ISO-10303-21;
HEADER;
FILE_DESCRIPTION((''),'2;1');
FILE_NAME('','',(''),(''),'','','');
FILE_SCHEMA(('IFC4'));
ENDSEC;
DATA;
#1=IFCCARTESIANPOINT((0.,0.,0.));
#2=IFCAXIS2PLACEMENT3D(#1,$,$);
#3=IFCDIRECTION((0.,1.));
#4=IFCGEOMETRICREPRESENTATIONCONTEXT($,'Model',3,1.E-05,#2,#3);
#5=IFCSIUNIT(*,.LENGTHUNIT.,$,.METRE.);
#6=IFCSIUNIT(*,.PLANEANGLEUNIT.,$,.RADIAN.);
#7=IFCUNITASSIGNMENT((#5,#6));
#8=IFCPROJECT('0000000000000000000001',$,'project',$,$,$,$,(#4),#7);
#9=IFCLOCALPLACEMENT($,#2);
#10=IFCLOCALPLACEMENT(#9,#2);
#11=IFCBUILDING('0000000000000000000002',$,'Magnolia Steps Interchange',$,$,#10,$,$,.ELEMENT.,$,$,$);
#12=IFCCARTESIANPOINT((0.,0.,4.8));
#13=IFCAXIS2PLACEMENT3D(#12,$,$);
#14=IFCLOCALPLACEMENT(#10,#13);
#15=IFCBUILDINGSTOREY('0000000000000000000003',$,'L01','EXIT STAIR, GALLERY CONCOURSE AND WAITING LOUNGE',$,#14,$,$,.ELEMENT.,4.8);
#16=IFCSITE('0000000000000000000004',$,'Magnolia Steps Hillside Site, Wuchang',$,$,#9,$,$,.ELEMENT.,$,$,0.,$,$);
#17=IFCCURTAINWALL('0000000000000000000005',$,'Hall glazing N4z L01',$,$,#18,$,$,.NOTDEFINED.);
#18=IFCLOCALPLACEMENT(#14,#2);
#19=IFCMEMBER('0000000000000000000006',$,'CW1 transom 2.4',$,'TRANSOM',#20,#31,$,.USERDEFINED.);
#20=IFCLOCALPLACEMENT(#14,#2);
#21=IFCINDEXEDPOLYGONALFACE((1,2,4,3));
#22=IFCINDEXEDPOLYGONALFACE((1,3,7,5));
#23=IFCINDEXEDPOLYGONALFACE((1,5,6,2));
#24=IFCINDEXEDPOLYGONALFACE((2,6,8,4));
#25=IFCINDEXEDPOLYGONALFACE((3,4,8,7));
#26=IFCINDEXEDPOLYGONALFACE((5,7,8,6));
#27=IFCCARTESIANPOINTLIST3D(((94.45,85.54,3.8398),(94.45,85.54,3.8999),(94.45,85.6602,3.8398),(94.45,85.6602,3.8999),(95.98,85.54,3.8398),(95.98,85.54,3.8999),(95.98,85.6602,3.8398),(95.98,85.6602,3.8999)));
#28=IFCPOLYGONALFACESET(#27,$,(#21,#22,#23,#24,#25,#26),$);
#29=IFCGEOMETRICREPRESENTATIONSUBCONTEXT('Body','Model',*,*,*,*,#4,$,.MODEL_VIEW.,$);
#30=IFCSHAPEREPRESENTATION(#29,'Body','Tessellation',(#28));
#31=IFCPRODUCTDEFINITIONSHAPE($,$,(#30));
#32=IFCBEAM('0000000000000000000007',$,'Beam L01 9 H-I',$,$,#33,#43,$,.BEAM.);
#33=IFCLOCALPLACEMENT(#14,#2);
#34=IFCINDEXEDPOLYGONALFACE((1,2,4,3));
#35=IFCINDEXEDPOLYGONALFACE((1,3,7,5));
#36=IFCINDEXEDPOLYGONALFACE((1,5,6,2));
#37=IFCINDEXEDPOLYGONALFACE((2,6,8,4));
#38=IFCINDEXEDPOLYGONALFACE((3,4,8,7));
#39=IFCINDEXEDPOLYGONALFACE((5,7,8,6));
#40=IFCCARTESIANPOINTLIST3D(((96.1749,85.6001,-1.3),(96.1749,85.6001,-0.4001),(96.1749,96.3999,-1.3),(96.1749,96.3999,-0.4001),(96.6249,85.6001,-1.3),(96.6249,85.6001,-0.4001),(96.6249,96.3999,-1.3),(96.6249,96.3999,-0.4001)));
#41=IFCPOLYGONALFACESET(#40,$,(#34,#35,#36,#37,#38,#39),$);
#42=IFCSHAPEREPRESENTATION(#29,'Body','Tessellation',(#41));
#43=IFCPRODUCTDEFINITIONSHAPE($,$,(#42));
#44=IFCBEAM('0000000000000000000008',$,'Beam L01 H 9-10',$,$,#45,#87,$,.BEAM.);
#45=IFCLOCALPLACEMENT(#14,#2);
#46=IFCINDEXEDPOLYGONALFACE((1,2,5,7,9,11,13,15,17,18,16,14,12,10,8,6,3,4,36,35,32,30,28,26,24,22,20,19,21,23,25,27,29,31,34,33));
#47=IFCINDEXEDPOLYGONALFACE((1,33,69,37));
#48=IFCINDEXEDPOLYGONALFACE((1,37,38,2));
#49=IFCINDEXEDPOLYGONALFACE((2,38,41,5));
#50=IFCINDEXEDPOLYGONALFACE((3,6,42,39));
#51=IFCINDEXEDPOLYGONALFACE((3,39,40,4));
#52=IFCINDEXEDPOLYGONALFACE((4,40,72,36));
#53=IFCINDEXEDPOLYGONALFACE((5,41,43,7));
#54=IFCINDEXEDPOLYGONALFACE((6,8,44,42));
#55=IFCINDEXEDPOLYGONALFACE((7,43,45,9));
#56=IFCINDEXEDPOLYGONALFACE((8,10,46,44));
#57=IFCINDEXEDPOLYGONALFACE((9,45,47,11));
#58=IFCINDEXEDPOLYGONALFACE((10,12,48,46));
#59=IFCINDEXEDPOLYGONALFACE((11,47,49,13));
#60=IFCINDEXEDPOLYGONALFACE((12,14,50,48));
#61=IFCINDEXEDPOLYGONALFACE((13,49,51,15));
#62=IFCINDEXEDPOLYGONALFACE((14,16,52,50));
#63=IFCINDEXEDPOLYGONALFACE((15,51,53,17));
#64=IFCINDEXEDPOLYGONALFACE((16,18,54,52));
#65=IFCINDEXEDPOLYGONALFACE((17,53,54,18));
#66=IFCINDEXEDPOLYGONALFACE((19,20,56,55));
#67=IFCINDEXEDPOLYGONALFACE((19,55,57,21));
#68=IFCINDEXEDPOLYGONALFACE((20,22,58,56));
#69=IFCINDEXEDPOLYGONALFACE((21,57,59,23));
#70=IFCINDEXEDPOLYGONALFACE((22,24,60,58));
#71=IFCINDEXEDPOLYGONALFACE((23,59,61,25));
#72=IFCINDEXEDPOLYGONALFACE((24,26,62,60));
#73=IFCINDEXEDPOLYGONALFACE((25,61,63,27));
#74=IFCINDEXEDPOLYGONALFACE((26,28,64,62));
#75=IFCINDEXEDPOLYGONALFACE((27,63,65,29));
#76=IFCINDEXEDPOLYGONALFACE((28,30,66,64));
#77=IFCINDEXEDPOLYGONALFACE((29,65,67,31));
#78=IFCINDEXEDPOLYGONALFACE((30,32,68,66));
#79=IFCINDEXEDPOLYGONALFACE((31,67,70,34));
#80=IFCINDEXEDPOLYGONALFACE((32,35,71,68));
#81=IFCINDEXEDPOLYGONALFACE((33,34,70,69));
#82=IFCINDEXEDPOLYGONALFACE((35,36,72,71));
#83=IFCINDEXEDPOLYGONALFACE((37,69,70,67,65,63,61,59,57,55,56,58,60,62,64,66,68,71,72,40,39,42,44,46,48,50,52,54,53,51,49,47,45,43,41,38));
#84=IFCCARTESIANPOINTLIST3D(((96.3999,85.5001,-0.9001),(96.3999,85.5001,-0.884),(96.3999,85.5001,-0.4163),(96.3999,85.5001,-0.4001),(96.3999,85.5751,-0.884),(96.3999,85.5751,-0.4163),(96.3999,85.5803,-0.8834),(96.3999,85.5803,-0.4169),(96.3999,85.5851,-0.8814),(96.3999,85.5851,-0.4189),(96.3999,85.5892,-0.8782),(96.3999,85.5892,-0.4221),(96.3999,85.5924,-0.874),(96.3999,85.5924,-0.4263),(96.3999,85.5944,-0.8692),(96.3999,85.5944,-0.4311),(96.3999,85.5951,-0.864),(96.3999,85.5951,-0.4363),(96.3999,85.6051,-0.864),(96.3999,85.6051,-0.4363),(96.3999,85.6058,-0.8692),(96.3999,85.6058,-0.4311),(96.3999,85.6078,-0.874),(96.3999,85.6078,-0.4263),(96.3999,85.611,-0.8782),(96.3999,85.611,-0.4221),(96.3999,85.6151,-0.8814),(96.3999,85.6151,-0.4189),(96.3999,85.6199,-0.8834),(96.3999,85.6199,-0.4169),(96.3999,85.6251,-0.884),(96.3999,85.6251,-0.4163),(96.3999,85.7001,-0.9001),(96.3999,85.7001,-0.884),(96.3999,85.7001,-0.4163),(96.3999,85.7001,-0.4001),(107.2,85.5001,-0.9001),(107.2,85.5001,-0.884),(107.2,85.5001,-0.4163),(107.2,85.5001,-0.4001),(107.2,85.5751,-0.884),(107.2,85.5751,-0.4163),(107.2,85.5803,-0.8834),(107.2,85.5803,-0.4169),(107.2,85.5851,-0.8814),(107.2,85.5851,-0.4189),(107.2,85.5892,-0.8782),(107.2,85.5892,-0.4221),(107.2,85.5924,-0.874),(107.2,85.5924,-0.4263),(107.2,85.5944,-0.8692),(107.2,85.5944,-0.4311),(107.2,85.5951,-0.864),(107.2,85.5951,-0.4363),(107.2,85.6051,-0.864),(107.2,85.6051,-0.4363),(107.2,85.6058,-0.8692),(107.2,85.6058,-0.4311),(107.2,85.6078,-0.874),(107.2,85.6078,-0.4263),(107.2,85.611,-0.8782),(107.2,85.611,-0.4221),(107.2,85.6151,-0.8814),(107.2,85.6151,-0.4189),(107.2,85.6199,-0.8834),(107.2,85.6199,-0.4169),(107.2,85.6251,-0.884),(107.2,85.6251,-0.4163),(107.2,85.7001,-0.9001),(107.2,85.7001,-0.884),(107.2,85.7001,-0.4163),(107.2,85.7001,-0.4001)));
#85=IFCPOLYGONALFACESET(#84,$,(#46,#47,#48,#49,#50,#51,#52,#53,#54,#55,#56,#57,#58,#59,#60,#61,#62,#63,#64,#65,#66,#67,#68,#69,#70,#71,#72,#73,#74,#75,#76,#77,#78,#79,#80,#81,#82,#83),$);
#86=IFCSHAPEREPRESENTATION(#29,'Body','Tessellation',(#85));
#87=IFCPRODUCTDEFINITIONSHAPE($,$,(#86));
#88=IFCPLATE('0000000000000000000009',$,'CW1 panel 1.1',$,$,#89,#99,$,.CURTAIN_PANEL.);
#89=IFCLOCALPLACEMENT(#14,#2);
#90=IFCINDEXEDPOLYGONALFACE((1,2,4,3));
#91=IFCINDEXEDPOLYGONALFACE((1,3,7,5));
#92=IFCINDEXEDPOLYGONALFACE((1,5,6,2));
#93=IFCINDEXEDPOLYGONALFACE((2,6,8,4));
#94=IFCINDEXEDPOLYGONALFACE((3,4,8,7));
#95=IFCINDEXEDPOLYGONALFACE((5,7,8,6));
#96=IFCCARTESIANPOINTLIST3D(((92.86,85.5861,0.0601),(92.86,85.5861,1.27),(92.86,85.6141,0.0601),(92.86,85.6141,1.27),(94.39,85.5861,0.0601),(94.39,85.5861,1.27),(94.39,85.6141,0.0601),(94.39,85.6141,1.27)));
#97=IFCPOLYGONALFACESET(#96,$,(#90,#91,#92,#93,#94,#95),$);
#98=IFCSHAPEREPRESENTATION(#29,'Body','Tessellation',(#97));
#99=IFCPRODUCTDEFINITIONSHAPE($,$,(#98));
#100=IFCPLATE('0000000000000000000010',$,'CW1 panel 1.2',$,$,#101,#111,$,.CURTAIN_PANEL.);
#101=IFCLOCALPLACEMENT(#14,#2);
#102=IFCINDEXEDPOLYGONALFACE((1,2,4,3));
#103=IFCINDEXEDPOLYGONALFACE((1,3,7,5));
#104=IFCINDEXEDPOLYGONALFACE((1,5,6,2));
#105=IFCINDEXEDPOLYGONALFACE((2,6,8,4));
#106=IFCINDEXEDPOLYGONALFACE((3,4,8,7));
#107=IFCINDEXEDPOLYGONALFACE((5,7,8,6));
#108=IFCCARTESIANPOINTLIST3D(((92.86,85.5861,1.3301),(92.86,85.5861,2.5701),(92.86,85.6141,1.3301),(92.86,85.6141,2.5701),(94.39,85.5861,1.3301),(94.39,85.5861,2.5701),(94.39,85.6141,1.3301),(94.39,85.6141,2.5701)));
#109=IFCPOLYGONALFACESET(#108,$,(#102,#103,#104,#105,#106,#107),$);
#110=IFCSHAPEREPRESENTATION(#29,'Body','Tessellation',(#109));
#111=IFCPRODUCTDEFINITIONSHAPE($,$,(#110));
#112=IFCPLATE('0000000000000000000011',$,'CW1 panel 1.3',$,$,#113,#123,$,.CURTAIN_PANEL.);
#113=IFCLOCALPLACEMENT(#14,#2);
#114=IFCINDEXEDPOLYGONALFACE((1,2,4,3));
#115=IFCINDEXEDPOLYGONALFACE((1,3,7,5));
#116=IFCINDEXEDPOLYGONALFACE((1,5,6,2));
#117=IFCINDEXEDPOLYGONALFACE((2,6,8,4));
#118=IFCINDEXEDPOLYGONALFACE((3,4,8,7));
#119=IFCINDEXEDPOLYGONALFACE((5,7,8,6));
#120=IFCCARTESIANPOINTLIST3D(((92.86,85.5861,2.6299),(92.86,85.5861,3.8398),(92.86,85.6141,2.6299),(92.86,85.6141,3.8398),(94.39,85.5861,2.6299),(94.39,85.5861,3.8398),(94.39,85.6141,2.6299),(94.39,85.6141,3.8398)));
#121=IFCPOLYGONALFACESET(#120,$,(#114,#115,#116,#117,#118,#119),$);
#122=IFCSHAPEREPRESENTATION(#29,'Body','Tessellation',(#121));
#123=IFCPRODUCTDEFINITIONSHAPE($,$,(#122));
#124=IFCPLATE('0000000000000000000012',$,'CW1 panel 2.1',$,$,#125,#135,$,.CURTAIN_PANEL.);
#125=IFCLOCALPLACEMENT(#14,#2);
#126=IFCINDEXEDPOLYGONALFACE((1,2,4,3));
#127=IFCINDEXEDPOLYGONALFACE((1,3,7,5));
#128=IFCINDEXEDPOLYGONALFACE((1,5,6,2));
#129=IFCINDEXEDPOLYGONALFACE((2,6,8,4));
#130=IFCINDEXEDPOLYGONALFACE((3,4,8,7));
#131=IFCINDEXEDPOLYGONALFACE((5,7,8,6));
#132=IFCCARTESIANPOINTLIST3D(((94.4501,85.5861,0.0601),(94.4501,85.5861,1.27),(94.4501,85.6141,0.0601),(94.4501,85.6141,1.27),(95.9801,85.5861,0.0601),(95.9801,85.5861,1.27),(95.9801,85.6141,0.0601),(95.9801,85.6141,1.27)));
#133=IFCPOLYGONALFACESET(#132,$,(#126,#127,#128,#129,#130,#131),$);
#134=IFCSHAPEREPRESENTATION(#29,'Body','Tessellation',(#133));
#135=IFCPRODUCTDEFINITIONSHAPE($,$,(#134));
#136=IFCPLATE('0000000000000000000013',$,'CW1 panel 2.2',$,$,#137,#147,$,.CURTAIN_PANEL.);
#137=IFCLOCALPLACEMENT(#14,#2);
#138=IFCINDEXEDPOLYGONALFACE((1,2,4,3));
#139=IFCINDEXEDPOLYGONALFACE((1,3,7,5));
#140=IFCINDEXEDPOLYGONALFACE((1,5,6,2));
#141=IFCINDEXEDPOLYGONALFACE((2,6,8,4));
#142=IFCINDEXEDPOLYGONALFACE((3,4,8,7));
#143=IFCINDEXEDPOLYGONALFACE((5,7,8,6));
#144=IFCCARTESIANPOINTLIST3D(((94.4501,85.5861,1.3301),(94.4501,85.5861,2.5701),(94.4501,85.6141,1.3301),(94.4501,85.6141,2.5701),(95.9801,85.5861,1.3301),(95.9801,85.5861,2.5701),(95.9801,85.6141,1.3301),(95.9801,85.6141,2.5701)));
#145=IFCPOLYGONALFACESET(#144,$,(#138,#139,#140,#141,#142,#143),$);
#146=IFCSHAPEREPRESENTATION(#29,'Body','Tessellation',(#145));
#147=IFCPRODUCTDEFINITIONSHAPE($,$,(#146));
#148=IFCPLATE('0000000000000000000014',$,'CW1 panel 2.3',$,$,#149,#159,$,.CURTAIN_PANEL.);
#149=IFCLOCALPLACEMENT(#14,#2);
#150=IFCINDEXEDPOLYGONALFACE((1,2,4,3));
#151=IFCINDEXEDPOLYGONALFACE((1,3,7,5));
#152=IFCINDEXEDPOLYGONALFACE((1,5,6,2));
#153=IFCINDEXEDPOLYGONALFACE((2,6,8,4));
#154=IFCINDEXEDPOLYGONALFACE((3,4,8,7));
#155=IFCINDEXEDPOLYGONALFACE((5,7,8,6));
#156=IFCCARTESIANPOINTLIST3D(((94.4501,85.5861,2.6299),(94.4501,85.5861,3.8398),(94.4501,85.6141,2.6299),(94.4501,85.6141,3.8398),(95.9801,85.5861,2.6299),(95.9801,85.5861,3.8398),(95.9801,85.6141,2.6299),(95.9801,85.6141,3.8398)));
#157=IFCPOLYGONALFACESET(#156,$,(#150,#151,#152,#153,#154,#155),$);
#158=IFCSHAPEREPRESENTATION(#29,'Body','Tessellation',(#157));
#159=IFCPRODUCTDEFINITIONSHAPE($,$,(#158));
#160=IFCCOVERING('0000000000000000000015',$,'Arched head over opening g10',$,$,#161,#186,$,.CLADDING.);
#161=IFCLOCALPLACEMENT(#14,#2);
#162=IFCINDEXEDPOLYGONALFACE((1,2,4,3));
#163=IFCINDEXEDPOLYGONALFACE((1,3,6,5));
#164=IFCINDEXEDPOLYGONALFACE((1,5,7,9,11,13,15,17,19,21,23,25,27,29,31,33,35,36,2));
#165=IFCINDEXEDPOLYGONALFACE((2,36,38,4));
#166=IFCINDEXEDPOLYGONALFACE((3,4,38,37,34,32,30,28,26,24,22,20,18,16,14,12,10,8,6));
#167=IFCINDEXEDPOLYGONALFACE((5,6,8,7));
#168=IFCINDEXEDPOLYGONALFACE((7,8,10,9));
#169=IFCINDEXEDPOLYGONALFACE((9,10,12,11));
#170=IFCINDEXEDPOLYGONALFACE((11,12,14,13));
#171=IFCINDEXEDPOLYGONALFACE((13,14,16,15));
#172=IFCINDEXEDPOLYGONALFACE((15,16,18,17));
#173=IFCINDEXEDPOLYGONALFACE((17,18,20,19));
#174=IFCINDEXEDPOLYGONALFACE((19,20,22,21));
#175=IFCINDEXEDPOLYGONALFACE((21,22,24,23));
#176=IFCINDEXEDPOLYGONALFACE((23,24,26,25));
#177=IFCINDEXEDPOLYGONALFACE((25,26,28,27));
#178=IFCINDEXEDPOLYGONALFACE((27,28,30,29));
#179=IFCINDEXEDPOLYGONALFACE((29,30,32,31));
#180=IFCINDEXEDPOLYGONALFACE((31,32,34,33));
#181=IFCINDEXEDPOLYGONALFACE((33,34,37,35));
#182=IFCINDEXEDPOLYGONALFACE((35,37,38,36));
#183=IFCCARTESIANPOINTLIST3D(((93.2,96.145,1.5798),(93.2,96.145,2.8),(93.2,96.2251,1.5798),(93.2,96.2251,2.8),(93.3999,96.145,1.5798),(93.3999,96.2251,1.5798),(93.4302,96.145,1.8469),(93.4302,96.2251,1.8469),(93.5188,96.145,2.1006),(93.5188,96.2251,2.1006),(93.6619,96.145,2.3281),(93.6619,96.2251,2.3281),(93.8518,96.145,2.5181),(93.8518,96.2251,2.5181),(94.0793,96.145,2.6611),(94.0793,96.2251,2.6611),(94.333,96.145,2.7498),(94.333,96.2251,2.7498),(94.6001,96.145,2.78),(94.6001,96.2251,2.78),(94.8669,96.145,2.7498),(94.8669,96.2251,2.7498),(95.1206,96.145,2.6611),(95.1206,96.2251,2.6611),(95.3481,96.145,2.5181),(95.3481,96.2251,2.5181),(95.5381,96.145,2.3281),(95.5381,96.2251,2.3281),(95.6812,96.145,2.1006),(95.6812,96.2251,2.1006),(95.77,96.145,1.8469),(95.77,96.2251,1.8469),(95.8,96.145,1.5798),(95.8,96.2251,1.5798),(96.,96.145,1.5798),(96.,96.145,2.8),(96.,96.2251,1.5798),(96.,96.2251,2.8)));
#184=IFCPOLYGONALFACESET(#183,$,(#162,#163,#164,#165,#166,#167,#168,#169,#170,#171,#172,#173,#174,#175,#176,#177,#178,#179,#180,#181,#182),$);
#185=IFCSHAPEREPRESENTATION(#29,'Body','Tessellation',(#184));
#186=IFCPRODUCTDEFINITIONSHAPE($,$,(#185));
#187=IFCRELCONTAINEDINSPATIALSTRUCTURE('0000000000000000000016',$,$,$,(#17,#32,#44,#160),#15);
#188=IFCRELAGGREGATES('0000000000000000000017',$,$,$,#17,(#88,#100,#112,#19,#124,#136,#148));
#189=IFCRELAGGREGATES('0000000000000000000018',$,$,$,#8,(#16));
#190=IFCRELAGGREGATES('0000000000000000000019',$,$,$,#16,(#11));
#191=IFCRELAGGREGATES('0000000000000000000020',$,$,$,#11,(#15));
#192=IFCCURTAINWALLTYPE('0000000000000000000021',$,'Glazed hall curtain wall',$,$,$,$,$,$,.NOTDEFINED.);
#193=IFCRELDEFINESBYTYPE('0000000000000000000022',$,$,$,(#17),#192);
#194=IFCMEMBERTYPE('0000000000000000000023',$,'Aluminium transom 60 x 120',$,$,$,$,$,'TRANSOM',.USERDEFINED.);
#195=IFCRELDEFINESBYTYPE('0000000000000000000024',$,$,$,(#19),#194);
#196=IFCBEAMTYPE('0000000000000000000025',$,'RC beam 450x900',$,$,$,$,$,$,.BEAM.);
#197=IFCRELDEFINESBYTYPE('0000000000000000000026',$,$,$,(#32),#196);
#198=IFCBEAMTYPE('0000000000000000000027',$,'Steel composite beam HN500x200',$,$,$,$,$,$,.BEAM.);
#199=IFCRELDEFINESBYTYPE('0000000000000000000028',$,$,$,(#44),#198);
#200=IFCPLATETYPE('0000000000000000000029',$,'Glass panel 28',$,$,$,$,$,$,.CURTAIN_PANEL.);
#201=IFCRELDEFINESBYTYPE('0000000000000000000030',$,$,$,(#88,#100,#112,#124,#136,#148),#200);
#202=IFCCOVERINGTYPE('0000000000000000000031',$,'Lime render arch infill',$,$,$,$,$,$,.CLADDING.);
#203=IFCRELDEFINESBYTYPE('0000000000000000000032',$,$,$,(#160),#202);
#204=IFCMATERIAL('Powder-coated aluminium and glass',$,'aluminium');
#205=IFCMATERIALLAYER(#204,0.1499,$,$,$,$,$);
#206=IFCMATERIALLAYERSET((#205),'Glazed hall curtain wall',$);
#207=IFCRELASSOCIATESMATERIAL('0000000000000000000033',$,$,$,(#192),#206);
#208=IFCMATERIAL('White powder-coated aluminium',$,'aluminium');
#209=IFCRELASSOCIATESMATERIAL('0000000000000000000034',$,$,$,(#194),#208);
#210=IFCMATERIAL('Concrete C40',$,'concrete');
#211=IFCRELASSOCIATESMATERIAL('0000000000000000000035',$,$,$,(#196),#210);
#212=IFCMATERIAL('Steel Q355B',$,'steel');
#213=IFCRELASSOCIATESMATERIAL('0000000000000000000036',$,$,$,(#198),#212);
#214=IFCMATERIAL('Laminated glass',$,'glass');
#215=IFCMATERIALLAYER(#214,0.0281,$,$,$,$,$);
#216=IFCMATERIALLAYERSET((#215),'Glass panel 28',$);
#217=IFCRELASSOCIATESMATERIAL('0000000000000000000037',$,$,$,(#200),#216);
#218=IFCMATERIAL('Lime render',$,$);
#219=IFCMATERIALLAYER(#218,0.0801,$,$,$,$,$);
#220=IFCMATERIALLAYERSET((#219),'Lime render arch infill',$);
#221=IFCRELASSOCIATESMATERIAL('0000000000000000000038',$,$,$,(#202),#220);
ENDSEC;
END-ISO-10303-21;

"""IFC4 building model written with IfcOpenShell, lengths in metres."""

from ifc_helpers import new_model, si_unit, direction, frame, origin, origin_2d, place, context, subcontext, project, spatial, polyline, rectangle, i_section, outline, extrude, material, layer, layer_set, material_profile, profile_set, type_object, element, aggregate, save


model = new_model("IFC4")

# Units and contexts
model_context = context("Model", 3, precision=1e-05, world=origin(), true_north=direction((0.0, 1.0)))
body_context = subcontext(model_context, "Body", "Model", "MODEL_VIEW")
ifc_project = project(units=[si_unit("LENGTHUNIT", "METRE"), si_unit("PLANEANGLEUNIT", "RADIAN")], contexts=[model_context])

# Site, building, storey
site_placement = place(None, origin())
site = spatial("IfcSite", under=ifc_project, at=site_placement, Name="Magnolia Steps Hillside Site, Wuchang", CompositionType="ELEMENT", RefElevation=0.0)
building_placement = place(site_placement, origin())
building = spatial("IfcBuilding", under=site, at=building_placement, Name="Magnolia Steps Interchange", CompositionType="ELEMENT")
storey_placement = place(building_placement, frame((0.0, 0.0, 4.8)))
storey = spatial("IfcBuildingStorey", under=building, at=storey_placement, Name="L01", Description="EXIT STAIR, GALLERY CONCOURSE AND WAITING LOUNGE", CompositionType="ELEMENT", Elevation=4.8)

# Curtain wall, member
ifc_material_1 = material(Name="Powder-coated aluminium and glass", Category="aluminium")
ifc_layer_1 = layer(ifc_material_1, 0.1499)
ifc_layer_set_1 = layer_set([ifc_layer_1], Name="Glazed hall curtain wall")
curtain_wall_type = type_object("IfcCurtainWallType", Name="Glazed hall curtain wall", PredefinedType="NOTDEFINED", material=ifc_layer_set_1)
curtain_wall_placement = place(storey_placement, origin())
curtain_wall = element("IfcCurtainWall", 1, at=curtain_wall_placement, inside=storey, type_object=curtain_wall_type, Name="Hall glazing N4z L01", PredefinedType="NOTDEFINED")
ifc_material_2 = material(Name="White powder-coated aluminium", Category="aluminium")
ifc_material_profile_1 = material_profile(ifc_material_2, rectangle(XDim=0.0601, YDim=0.1201, at=origin_2d()), Name="Aluminium transom 60 x 120")
ifc_profile_set_1 = profile_set([ifc_material_profile_1], Name="White powder-coated aluminium")
member_type_1 = type_object("IfcMemberType", Name="Aluminium transom 60 x 120", ElementType="TRANSOM", PredefinedType="USERDEFINED", material=ifc_profile_set_1)
member_1_placement = place(storey_placement, frame((94.45, 85.6001, 3.8699), z_axis=(1.0, 0.0, 0.0), x_axis=(0.0, 0.0, 1.0)))
member_1 = element("IfcMember", 2, at=member_1_placement, type_object=member_type_1, Name="CW1 transom 2.4", ObjectType="TRANSOM", PredefinedType="USERDEFINED", context=body_context, shape_type="SweptSolid", body=[
    extrude(rectangle(XDim=0.0601, YDim=0.1201, at=origin_2d()), origin(), (0.0, 0.0, 1.0), 1.53),
])

# Beams
ifc_material_3 = material(Name="Concrete C40", Category="concrete")
ifc_material_profile_2 = material_profile(ifc_material_3, rectangle(XDim=0.45, YDim=0.8999, at=origin_2d()), Name="RC450x900")
ifc_profile_set_2 = profile_set([ifc_material_profile_2], Name="Concrete C40")
beam_type_1 = type_object("IfcBeamType", Name="RC beam 450x900", PredefinedType="BEAM", material=ifc_profile_set_2)
beam_1_placement = place(storey_placement, frame((96.3999, 85.6001, -0.8501), z_axis=(0.0, 1.0, 0.0), x_axis=(-1.0, 0.0, 0.0)))
element("IfcBeam", 3, at=beam_1_placement, inside=storey, type_object=beam_type_1, Name="Beam L01 9 H-I", PredefinedType="BEAM", context=body_context, shape_type="SweptSolid", body=[
    extrude(rectangle(XDim=0.45, YDim=0.8999, at=origin_2d()), origin(), (0.0, 0.0, 1.0), 10.7998),
])
ifc_material_4 = material(Name="Steel Q355B", Category="steel")
ifc_material_profile_3 = material_profile(ifc_material_4, i_section(OverallWidth=0.2, OverallDepth=0.5, WebThickness=0.01, FlangeThickness=0.0161, FilletRadius=0.02, at=origin_2d()), Name="HN500x200")
ifc_profile_set_3 = profile_set([ifc_material_profile_3], Name="Steel Q355B")
beam_type_2 = type_object("IfcBeamType", Name="Steel composite beam HN500x200", PredefinedType="BEAM", material=ifc_profile_set_3)
beam_2_placement = place(storey_placement, frame((96.3999, 85.6001, -0.6501), z_axis=(1.0, 0.0, 0.0), x_axis=(0.0, 1.0, 0.0)))
element("IfcBeam", 4, at=beam_2_placement, inside=storey, type_object=beam_type_2, Name="Beam L01 H 9-10", PredefinedType="BEAM", context=body_context, shape_type="SweptSolid", body=[
    extrude(i_section(OverallWidth=0.2, OverallDepth=0.5, WebThickness=0.01, FlangeThickness=0.0161, FilletRadius=0.02, at=origin_2d()), origin(), (0.0, 0.0, 1.0), 10.8),
])

# Plates
ifc_material_5 = material(Name="Laminated glass", Category="glass")
ifc_layer_2 = layer(ifc_material_5, 0.0281)
ifc_layer_set_2 = layer_set([ifc_layer_2], Name="Glass panel 28")
plate_type = type_object("IfcPlateType", Name="Glass panel 28", PredefinedType="CURTAIN_PANEL", material=ifc_layer_set_2)
plate_1_placement = place(storey_placement, frame((93.625, 85.6001, 0.0601), z_axis=(0.0, 0.0, 1.0), x_axis=(1.0, 0.0, 0.0)))
plate_1 = element("IfcPlate", 5, at=plate_1_placement, type_object=plate_type, Name="CW1 panel 1.1", PredefinedType="CURTAIN_PANEL", context=body_context, shape_type="SweptSolid", body=[
    extrude(rectangle(XDim=1.53, YDim=0.0281, at=origin_2d()), origin(), (0.0, 0.0, 1.0), 1.21),
])
plate_2_placement = place(storey_placement, frame((93.625, 85.6001, 1.3301), z_axis=(0.0, 0.0, 1.0), x_axis=(1.0, 0.0, 0.0)))
plate_2 = element("IfcPlate", 6, at=plate_2_placement, type_object=plate_type, Name="CW1 panel 1.2", PredefinedType="CURTAIN_PANEL", context=body_context, shape_type="SweptSolid", body=[
    extrude(rectangle(XDim=1.53, YDim=0.0281, at=origin_2d()), origin(), (0.0, 0.0, 1.0), 1.24),
])
plate_3_placement = place(storey_placement, frame((93.625, 85.6001, 2.6299), z_axis=(0.0, 0.0, 1.0), x_axis=(1.0, 0.0, 0.0)))
plate_3 = element("IfcPlate", 7, at=plate_3_placement, type_object=plate_type, Name="CW1 panel 1.3", PredefinedType="CURTAIN_PANEL", context=body_context, shape_type="SweptSolid", body=[
    extrude(rectangle(XDim=1.53, YDim=0.0281, at=origin_2d()), origin(), (0.0, 0.0, 1.0), 1.21),
])
plate_4_placement = place(storey_placement, frame((95.2151, 85.6001, 0.0601), z_axis=(0.0, 0.0, 1.0), x_axis=(1.0, 0.0, 0.0)))
plate_4 = element("IfcPlate", 8, at=plate_4_placement, type_object=plate_type, Name="CW1 panel 2.1", PredefinedType="CURTAIN_PANEL", context=body_context, shape_type="SweptSolid", body=[
    extrude(rectangle(XDim=1.53, YDim=0.0281, at=origin_2d()), origin(), (0.0, 0.0, 1.0), 1.21),
])
plate_5_placement = place(storey_placement, frame((95.2151, 85.6001, 1.3301), z_axis=(0.0, 0.0, 1.0), x_axis=(1.0, 0.0, 0.0)))
plate_5 = element("IfcPlate", 9, at=plate_5_placement, type_object=plate_type, Name="CW1 panel 2.2", PredefinedType="CURTAIN_PANEL", context=body_context, shape_type="SweptSolid", body=[
    extrude(rectangle(XDim=1.53, YDim=0.0281, at=origin_2d()), origin(), (0.0, 0.0, 1.0), 1.24),
])
plate_6_placement = place(storey_placement, frame((95.2151, 85.6001, 2.6299), z_axis=(0.0, 0.0, 1.0), x_axis=(1.0, 0.0, 0.0)))
plate_6 = element("IfcPlate", 10, at=plate_6_placement, type_object=plate_type, Name="CW1 panel 2.3", PredefinedType="CURTAIN_PANEL", context=body_context, shape_type="SweptSolid", body=[
    extrude(rectangle(XDim=1.53, YDim=0.0281, at=origin_2d()), origin(), (0.0, 0.0, 1.0), 1.21),
])
aggregate(curtain_wall, [plate_1, plate_2, plate_3, member_1, plate_4, plate_5, plate_6])

# Covering
ifc_material_6 = material(Name="Lime render")
ifc_layer_3 = layer(ifc_material_6, 0.0801)
ifc_layer_set_3 = layer_set([ifc_layer_3], Name="Lime render arch infill")
covering_type_1 = type_object("IfcCoveringType", Name="Lime render arch infill", PredefinedType="CLADDING", material=ifc_layer_set_3)
covering_1_placement = place(storey_placement, frame((93.2, 96.2251, 1.5798), z_axis=(0.0, 1.0, 0.0), x_axis=(0.0, 0.0, 1.0)))
element("IfcCovering", 11, at=covering_1_placement, inside=storey, type_object=covering_type_1, Name="Arched head over opening g10", PredefinedType="CLADDING", context=body_context, shape_type="SweptSolid", body=[
    extrude(outline(polyline([(0.0, 0.0), (1.2202, 0.0), (1.2202, 2.8), (0.0, 2.8), (0.0, 2.6001), (0.2671, 2.5701), (0.5208, 2.4812), (0.7483, 2.3381), (0.9382, 2.1482), (1.0813, 1.9207), (1.1699, 1.667), (1.2002, 1.4001), (1.1699, 1.1331), (1.0813, 0.8794), (0.9382, 0.6519), (0.7483, 0.4619), (0.5208, 0.3188), (0.2671, 0.2302), (0.0, 0.2), (0.0, 0.0)])), origin(), (0.0, 0.0, -1.0), 0.0801),
])

save(model, "model.ifc")
